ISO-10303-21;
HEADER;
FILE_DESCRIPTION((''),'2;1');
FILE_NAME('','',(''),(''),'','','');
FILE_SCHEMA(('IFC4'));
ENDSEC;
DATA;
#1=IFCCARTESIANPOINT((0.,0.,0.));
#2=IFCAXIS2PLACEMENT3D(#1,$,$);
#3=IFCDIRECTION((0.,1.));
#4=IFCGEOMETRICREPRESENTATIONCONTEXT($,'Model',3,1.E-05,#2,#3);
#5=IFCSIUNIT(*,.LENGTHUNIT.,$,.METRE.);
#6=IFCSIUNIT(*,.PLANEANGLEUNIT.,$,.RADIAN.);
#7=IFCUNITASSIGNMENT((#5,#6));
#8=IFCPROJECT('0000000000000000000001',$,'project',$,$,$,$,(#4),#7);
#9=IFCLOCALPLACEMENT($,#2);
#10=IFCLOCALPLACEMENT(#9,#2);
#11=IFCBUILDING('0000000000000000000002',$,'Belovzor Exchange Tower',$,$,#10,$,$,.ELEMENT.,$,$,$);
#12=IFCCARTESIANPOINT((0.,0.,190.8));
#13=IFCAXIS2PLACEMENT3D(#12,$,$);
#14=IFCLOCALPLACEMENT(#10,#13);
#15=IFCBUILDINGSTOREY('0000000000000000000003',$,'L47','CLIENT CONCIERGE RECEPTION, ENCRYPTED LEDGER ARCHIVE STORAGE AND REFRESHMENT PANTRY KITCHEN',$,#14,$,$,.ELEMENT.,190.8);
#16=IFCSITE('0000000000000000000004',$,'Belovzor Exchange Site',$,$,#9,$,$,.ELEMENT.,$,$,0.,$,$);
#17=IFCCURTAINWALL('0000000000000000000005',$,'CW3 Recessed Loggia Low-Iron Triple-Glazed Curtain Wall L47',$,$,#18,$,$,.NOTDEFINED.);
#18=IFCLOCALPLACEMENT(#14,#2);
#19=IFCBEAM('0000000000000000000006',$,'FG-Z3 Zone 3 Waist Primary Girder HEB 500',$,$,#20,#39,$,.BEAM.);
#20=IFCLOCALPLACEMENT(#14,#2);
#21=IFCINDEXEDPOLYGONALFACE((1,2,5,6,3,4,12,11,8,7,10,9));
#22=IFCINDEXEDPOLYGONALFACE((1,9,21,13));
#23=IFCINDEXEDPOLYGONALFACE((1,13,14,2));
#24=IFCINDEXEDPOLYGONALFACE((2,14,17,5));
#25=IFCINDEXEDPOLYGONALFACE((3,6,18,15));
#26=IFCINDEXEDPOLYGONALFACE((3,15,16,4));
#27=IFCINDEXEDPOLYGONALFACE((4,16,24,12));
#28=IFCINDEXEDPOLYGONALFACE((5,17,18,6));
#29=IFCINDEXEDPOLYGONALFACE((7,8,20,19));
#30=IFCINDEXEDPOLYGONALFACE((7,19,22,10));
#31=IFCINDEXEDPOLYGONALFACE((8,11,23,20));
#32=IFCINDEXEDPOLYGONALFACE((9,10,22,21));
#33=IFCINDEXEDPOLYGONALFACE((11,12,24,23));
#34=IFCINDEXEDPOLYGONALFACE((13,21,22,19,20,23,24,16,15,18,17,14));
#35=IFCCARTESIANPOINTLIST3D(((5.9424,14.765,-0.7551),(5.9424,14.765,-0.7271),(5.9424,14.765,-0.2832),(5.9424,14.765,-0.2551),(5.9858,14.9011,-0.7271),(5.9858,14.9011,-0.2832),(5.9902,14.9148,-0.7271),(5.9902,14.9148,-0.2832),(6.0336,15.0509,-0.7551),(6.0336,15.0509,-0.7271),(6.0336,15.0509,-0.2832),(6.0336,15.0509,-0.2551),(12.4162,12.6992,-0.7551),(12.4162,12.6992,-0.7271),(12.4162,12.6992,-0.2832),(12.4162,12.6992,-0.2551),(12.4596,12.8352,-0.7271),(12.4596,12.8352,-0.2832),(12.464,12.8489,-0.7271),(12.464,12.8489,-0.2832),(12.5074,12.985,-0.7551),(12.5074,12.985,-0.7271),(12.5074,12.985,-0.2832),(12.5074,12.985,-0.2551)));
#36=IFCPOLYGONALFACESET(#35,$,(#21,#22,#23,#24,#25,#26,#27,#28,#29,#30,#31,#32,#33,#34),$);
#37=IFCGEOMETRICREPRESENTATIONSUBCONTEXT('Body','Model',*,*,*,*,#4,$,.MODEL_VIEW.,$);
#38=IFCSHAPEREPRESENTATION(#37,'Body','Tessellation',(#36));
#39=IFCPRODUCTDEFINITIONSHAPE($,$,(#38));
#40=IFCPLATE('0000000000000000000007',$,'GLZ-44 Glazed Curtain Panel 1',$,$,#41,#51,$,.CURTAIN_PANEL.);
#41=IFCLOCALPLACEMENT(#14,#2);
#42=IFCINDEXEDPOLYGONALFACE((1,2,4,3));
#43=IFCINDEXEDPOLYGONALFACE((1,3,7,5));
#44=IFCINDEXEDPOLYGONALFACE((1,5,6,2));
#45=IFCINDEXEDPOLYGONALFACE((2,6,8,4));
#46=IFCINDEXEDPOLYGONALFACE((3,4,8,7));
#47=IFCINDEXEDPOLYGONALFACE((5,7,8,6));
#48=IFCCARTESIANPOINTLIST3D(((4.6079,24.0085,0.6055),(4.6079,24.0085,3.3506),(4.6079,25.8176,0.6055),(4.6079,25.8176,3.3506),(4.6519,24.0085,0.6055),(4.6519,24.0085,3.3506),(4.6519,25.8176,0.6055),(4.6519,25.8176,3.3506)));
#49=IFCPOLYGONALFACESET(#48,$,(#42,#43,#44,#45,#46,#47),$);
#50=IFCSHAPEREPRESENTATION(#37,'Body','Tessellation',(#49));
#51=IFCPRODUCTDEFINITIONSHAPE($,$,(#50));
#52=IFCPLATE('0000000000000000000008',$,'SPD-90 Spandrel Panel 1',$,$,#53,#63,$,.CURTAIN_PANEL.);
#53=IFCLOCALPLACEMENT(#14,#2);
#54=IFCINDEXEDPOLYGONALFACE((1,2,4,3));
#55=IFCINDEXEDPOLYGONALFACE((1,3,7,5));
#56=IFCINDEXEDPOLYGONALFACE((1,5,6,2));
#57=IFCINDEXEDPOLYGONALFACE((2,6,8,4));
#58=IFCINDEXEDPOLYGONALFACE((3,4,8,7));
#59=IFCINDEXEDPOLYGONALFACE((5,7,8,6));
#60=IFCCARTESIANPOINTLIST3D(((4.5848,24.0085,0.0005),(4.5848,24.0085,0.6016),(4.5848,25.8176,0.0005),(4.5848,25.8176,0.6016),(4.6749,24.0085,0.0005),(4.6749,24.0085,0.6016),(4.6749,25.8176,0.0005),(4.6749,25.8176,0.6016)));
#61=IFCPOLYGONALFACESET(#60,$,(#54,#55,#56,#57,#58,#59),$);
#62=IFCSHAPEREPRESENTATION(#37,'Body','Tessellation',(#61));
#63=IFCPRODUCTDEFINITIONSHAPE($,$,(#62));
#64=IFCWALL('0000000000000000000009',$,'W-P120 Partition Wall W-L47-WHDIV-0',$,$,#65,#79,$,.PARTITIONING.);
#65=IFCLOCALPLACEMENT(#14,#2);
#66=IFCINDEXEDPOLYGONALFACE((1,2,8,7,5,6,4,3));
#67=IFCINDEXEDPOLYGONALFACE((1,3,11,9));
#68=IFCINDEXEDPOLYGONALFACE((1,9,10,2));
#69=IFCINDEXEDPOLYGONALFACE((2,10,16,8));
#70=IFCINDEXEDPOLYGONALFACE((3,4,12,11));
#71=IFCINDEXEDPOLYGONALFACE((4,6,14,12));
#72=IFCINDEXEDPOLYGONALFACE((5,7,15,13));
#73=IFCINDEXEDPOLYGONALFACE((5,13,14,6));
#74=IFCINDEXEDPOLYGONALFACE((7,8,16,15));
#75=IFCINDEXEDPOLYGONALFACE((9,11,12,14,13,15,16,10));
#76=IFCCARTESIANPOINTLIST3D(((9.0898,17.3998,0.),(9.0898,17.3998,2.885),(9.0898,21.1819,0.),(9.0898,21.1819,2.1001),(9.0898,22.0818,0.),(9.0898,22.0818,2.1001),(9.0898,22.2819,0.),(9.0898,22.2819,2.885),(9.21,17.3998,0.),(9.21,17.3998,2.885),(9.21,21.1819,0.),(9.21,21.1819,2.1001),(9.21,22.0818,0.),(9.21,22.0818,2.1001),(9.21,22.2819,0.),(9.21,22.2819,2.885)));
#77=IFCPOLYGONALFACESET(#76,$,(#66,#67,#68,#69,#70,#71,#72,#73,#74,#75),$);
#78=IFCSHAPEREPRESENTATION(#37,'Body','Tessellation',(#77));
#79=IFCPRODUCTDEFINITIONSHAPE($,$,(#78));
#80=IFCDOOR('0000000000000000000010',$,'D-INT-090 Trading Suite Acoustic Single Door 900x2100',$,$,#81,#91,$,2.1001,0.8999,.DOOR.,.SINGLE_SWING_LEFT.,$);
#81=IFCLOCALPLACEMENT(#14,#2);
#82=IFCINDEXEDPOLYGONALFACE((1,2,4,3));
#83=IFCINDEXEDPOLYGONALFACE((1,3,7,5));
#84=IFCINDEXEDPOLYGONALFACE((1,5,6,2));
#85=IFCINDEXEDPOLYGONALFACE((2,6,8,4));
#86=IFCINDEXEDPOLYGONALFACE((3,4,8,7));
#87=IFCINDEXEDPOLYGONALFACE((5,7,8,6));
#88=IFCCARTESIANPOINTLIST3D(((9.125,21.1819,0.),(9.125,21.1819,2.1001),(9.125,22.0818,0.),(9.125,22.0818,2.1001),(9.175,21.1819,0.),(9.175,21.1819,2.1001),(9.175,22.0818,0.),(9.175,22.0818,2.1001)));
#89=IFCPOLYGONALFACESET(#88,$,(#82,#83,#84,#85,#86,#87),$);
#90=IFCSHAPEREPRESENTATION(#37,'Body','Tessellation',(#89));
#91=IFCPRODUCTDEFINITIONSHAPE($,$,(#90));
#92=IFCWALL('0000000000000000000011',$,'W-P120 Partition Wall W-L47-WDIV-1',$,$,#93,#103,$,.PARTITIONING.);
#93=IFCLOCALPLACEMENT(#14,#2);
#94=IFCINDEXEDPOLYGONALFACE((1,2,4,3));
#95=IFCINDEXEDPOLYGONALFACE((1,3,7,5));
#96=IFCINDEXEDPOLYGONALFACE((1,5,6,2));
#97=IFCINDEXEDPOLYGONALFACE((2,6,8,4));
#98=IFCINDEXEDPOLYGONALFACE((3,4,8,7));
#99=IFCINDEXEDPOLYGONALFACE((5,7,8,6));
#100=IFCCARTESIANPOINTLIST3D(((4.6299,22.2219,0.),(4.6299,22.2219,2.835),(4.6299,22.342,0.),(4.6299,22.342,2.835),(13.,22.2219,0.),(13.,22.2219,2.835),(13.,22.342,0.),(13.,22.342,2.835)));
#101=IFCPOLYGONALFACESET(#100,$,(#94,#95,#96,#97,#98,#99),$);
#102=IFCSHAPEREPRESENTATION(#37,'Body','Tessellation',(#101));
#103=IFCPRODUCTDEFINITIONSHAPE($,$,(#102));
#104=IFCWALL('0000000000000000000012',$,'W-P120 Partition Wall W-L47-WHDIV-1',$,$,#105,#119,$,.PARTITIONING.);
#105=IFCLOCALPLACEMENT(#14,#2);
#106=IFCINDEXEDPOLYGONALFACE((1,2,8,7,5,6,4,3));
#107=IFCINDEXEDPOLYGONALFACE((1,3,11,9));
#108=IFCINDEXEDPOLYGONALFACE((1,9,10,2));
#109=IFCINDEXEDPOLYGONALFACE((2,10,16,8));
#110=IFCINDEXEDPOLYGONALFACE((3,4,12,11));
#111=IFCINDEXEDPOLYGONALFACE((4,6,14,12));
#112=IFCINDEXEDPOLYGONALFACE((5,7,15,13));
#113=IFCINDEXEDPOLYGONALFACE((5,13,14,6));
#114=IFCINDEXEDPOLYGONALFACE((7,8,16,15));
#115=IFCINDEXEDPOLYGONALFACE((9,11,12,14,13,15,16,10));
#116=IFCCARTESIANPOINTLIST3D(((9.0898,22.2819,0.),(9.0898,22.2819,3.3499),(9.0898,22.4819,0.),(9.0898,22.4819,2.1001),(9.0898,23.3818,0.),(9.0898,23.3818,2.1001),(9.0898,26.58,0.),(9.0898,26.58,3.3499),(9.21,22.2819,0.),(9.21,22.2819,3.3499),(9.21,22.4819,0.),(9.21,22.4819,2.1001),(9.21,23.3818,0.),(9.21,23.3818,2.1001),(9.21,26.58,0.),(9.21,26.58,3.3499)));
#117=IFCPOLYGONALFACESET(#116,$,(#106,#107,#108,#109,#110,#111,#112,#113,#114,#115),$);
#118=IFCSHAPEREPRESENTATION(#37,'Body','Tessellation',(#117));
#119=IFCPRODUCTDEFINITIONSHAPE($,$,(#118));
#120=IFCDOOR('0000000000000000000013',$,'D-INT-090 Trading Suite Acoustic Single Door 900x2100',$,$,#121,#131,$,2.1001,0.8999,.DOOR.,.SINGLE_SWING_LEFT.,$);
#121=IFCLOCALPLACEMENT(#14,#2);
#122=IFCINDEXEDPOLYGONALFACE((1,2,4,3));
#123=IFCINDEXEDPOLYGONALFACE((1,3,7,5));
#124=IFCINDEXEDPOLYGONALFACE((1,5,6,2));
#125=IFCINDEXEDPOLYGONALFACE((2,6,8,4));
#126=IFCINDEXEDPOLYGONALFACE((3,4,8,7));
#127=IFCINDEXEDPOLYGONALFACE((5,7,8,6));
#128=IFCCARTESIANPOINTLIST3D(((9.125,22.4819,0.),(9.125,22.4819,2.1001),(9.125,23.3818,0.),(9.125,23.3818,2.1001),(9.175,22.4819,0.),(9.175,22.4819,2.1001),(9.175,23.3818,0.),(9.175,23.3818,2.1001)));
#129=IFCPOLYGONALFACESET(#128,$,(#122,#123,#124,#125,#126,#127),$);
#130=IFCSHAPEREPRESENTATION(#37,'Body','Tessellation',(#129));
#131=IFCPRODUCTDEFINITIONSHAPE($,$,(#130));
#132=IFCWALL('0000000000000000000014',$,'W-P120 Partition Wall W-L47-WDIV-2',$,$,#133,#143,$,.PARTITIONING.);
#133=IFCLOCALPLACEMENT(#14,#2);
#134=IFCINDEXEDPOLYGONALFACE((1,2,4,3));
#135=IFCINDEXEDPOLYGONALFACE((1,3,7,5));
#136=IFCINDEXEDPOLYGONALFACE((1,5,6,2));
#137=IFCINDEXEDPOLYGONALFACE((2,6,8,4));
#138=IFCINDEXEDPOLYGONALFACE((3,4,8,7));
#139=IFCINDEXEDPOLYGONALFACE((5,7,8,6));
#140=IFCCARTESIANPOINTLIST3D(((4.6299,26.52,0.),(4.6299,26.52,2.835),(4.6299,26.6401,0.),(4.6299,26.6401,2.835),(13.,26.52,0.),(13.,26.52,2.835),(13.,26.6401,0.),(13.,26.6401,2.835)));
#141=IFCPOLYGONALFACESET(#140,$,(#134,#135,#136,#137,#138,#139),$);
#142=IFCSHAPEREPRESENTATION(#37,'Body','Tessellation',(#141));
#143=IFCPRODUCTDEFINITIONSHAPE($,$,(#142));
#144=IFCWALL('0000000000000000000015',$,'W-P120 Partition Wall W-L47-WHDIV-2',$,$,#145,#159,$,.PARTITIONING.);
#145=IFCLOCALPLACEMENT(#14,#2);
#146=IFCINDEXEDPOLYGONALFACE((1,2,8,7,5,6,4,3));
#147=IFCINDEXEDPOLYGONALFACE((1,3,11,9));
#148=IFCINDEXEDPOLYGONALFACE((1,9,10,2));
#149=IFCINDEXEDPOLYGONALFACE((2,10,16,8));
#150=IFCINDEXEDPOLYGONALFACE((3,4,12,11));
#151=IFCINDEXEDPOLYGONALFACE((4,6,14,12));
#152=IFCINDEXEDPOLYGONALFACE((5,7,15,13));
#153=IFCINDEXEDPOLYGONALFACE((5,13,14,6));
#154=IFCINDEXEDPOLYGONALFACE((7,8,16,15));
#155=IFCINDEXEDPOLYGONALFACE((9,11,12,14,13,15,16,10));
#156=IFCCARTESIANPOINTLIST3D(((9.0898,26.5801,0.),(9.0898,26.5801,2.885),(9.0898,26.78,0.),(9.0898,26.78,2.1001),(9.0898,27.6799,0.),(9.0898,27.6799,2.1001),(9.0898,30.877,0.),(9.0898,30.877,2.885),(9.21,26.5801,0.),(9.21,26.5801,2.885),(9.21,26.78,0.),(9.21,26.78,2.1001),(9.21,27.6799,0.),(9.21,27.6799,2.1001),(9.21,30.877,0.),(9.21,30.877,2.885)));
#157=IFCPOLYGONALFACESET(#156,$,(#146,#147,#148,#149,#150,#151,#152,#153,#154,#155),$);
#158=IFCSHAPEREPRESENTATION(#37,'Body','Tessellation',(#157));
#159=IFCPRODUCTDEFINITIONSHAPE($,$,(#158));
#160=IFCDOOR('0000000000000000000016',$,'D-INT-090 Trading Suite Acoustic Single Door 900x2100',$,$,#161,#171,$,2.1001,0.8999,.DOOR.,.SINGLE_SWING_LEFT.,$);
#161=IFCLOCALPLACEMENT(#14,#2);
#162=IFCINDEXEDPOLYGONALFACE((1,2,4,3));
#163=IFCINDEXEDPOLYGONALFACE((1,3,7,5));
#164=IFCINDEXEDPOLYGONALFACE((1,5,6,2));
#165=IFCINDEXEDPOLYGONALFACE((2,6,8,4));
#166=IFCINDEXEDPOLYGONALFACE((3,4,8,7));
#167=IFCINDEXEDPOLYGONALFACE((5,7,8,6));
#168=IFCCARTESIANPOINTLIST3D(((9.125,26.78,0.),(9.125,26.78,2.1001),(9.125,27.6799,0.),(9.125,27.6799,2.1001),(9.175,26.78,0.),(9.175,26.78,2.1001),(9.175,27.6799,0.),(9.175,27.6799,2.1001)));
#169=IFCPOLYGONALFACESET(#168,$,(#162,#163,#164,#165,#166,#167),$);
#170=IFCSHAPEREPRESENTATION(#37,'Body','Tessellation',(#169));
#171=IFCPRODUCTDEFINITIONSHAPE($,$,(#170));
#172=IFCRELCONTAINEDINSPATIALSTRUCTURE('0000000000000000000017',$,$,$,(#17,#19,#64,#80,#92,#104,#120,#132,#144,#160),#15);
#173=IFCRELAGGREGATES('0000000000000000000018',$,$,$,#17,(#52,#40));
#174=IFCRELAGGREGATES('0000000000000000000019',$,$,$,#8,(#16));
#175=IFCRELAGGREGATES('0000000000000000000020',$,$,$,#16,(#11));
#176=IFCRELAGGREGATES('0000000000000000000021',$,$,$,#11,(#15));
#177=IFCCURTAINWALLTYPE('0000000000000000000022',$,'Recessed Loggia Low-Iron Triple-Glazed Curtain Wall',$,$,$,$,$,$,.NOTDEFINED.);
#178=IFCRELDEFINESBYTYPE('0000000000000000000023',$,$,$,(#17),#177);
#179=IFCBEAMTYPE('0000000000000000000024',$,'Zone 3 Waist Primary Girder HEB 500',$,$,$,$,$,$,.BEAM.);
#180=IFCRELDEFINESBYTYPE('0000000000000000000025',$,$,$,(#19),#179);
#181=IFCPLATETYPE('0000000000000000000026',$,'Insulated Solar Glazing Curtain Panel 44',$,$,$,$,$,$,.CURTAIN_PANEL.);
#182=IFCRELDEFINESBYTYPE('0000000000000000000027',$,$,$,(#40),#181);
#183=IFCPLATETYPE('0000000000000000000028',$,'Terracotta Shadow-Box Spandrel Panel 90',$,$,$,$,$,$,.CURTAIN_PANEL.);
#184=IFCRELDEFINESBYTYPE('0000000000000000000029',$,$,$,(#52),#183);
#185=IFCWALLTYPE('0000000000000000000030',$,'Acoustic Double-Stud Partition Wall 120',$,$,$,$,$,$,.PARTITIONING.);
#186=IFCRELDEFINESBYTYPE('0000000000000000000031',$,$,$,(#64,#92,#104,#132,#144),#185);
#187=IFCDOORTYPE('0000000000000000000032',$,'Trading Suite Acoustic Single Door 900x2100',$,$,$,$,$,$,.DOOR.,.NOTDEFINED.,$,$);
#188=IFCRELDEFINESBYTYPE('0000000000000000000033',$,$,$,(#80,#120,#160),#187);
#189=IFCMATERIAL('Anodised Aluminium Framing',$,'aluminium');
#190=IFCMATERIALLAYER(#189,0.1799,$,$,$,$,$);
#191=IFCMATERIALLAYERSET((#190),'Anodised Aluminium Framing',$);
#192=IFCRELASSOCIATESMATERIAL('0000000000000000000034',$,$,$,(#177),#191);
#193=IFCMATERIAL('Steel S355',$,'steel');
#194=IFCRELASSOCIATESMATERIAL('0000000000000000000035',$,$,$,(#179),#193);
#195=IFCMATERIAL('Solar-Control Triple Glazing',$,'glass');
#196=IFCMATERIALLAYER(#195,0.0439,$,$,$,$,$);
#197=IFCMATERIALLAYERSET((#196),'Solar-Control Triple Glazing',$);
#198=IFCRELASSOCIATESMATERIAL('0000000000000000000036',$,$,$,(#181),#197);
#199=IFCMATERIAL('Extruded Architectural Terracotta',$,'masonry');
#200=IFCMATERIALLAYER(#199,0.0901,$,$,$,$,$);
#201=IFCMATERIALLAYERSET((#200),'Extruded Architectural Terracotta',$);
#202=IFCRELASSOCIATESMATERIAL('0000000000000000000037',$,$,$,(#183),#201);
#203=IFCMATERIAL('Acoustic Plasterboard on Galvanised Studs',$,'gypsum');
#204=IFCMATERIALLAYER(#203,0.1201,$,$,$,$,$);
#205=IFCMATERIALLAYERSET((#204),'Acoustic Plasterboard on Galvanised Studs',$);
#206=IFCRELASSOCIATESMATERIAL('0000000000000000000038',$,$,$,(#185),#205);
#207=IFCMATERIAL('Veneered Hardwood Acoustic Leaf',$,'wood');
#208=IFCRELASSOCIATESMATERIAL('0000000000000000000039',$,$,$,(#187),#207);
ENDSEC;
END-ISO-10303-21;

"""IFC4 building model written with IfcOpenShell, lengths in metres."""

from ifc_helpers import new_model, si_unit, direction, frame, frame_2d, origin, origin_2d, place, context, subcontext, project, spatial, rectangle, i_section, extrude, material, layer, layer_set, material_profile, profile_set, type_object, element, fill, aggregate, save


model = new_model("IFC4")

# Units and contexts
model_context = context("Model", 3, precision=1e-05, world=origin(), true_north=direction((0.0, 1.0)))
body_context = subcontext(model_context, "Body", "Model", "MODEL_VIEW")
ifc_project = project(units=[si_unit("LENGTHUNIT", "METRE"), si_unit("PLANEANGLEUNIT", "RADIAN")], contexts=[model_context])

# Site, building, storey
site_placement = place(None, origin())
site = spatial("IfcSite", under=ifc_project, at=site_placement, Name="Belovzor Exchange Site", CompositionType="ELEMENT", RefElevation=0.0)
building_placement = place(site_placement, origin())
building = spatial("IfcBuilding", under=site, at=building_placement, Name="Belovzor Exchange Tower", CompositionType="ELEMENT")
storey_placement = place(building_placement, frame((0.0, 0.0, 190.8)))
storey = spatial("IfcBuildingStorey", under=building, at=storey_placement, Name="L47", Description="CLIENT CONCIERGE RECEPTION, ENCRYPTED LEDGER ARCHIVE STORAGE AND REFRESHMENT PANTRY KITCHEN", CompositionType="ELEMENT", Elevation=190.8)

# Curtain wall
ifc_material_1 = material(Name="Anodised Aluminium Framing", Category="aluminium")
ifc_layer_1 = layer(ifc_material_1, 0.1799)
ifc_layer_set_1 = layer_set([ifc_layer_1], Name="Anodised Aluminium Framing")
curtain_wall_type = type_object("IfcCurtainWallType", Name="Recessed Loggia Low-Iron Triple-Glazed Curtain Wall", PredefinedType="NOTDEFINED", material=ifc_layer_set_1)
curtain_wall_placement = place(storey_placement, origin())
curtain_wall = element("IfcCurtainWall", 1, at=curtain_wall_placement, inside=storey, type_object=curtain_wall_type, Name="CW3 Recessed Loggia Low-Iron Triple-Glazed Curtain Wall L47", PredefinedType="NOTDEFINED")

# Beam
ifc_material_2 = material(Name="Steel S355", Category="steel")
ifc_material_profile_1 = material_profile(ifc_material_2, i_section(OverallWidth=0.3, OverallDepth=0.5, WebThickness=0.0144, FlangeThickness=0.0281, at=origin_2d()))
ifc_profile_set_1 = profile_set([ifc_material_profile_1], Name="Steel S355")
beam_type_1 = type_object("IfcBeamType", Name="Zone 3 Waist Primary Girder HEB 500", PredefinedType="BEAM", material=ifc_profile_set_1)
beam_1_placement = place(storey_placement, frame((5.988, 14.908, -0.5051), z_axis=(0.952668, -0.304012, 0.0), x_axis=(0.304012, 0.952668, 0.0)))
element("IfcBeam", 2, at=beam_1_placement, inside=storey, type_object=beam_type_1, Name="FG-Z3 Zone 3 Waist Primary Girder HEB 500", PredefinedType="BEAM", context=body_context, shape_type="SweptSolid", body=[
    extrude(i_section(OverallWidth=0.3, OverallDepth=0.5, WebThickness=0.0144, FlangeThickness=0.0281, at=origin_2d()), origin(), (0.0, 0.0, 1.0), 6.7954),
])

# Plates
ifc_material_3 = material(Name="Solar-Control Triple Glazing", Category="glass")
ifc_layer_2 = layer(ifc_material_3, 0.0439)
ifc_layer_set_2 = layer_set([ifc_layer_2], Name="Solar-Control Triple Glazing")
plate_type_1 = type_object("IfcPlateType", Name="Insulated Solar Glazing Curtain Panel 44", PredefinedType="CURTAIN_PANEL", material=ifc_layer_set_2)
plate_1_placement = place(storey_placement, frame((4.6299, 24.9131, 0.6055), z_axis=(0.0, 0.0, 1.0), x_axis=(0.0, 1.0, 0.0)))
plate_1 = element("IfcPlate", 3, at=plate_1_placement, type_object=plate_type_1, Name="GLZ-44 Glazed Curtain Panel 1", PredefinedType="CURTAIN_PANEL", context=body_context, shape_type="SweptSolid", body=[
    extrude(rectangle(XDim=1.8091, YDim=0.0439, at=origin_2d()), origin(), (0.0, 0.0, 1.0), 2.7451),
])
ifc_material_4 = material(Name="Extruded Architectural Terracotta", Category="masonry")
ifc_layer_3 = layer(ifc_material_4, 0.0901)
ifc_layer_set_3 = layer_set([ifc_layer_3], Name="Extruded Architectural Terracotta")
plate_type_2 = type_object("IfcPlateType", Name="Terracotta Shadow-Box Spandrel Panel 90", PredefinedType="CURTAIN_PANEL", material=ifc_layer_set_3)
plate_2_placement = place(storey_placement, frame((4.6299, 24.9131, 0.0005), z_axis=(0.0, 0.0, 1.0), x_axis=(0.0, 1.0, 0.0)))
plate_2 = element("IfcPlate", 4, at=plate_2_placement, type_object=plate_type_2, Name="SPD-90 Spandrel Panel 1", PredefinedType="CURTAIN_PANEL", context=body_context, shape_type="SweptSolid", body=[
    extrude(rectangle(XDim=1.8091, YDim=0.0901, at=origin_2d()), origin(), (0.0, 0.0, 1.0), 0.6011),
])
aggregate(curtain_wall, [plate_2, plate_1])

# Wall, opening, door
ifc_material_5 = material(Name="Acoustic Plasterboard on Galvanised Studs", Category="gypsum")
ifc_layer_4 = layer(ifc_material_5, 0.1201)
ifc_layer_set_4 = layer_set([ifc_layer_4], Name="Acoustic Plasterboard on Galvanised Studs")
wall_type_1 = type_object("IfcWallType", Name="Acoustic Double-Stud Partition Wall 120", PredefinedType="PARTITIONING", material=ifc_layer_set_4)
wall_1_placement = place(storey_placement, frame((9.1499, 17.3999, 0.0), z_axis=(0.0, 0.0, 1.0), x_axis=(0.0, 1.0, 0.0)))
wall_1 = element("IfcWall", 5, at=wall_1_placement, inside=storey, type_object=wall_type_1, Name="W-P120 Partition Wall W-L47-WHDIV-0", PredefinedType="PARTITIONING", context=body_context, shape_type="SweptSolid", body=[
    extrude(rectangle(XDim=4.8821, YDim=0.1201, at=frame_2d((2.4409, 0.0))), origin(), (0.0, 0.0, 1.0), 2.885),
])
opening_1_placement = place(wall_1_placement, frame((3.782, 0.0, 0.0)))
opening_1 = element("IfcOpeningElement", 6, at=opening_1_placement, cuts=wall_1, PredefinedType="OPENING", context=body_context, shape_type="SweptSolid", body=[
    extrude(rectangle(XDim=0.8999, YDim=2.1001, at=frame_2d((0.45, 1.05))), frame((0.0, 0.0701, 0.0), z_axis=(0.0, -1.0, 0.0), x_axis=(1.0, 0.0, 0.0)), (0.0, 0.0, 1.0), 0.1401),
])
ifc_material_6 = material(Name="Veneered Hardwood Acoustic Leaf", Category="wood")
door_type = type_object("IfcDoorType", Name="Trading Suite Acoustic Single Door 900x2100", OperationType="NOTDEFINED", PredefinedType="DOOR", material=ifc_material_6)
door_1_placement = place(opening_1_placement, origin())
door_1 = element("IfcDoor", 7, at=door_1_placement, inside=storey, type_object=door_type, Name="D-INT-090 Trading Suite Acoustic Single Door 900x2100", OperationType="SINGLE_SWING_LEFT", OverallHeight=2.1001, OverallWidth=0.8999, PredefinedType="DOOR", context=body_context, shape_type="SweptSolid", body=[
    extrude(rectangle(XDim=0.8999, YDim=2.1001, at=frame_2d((0.45, 1.05))), frame((0.0, 0.0249, 0.0), z_axis=(0.0, -1.0, 0.0), x_axis=(1.0, 0.0, 0.0)), (0.0, 0.0, 1.0), 0.05),
])
fill(opening_1, door_1)

# Wall
wall_2_placement = place(storey_placement, frame((4.6299, 22.282, 0.0), z_axis=(0.0, 0.0, 1.0), x_axis=(1.0, 0.0, 0.0)))
element("IfcWall", 8, at=wall_2_placement, inside=storey, type_object=wall_type_1, Name="W-P120 Partition Wall W-L47-WDIV-1", PredefinedType="PARTITIONING", context=body_context, shape_type="SweptSolid", body=[
    extrude(rectangle(XDim=8.3701, YDim=0.1201, at=frame_2d((4.1851, 0.0))), origin(), (0.0, 0.0, 1.0), 2.835),
])

# Wall, opening, door
wall_3_placement = place(storey_placement, frame((9.1499, 22.282, 0.0), z_axis=(0.0, 0.0, 1.0), x_axis=(0.0, 1.0, 0.0)))
wall_3 = element("IfcWall", 9, at=wall_3_placement, inside=storey, type_object=wall_type_1, Name="W-P120 Partition Wall W-L47-WHDIV-1", PredefinedType="PARTITIONING", context=body_context, shape_type="SweptSolid", body=[
    extrude(rectangle(XDim=4.2981, YDim=0.1201, at=frame_2d((2.1489, 0.0))), origin(), (0.0, 0.0, 1.0), 3.3499),
])
opening_2_placement = place(wall_3_placement, frame((0.2, 0.0, 0.0)))
opening_2 = element("IfcOpeningElement", 10, at=opening_2_placement, cuts=wall_3, PredefinedType="OPENING", context=body_context, shape_type="SweptSolid", body=[
    extrude(rectangle(XDim=0.8999, YDim=2.1001, at=frame_2d((0.45, 1.05))), frame((0.0, 0.0701, 0.0), z_axis=(0.0, -1.0, 0.0), x_axis=(1.0, 0.0, 0.0)), (0.0, 0.0, 1.0), 0.1401),
])
door_2_placement = place(opening_2_placement, origin())
door_2 = element("IfcDoor", 11, at=door_2_placement, inside=storey, type_object=door_type, Name="D-INT-090 Trading Suite Acoustic Single Door 900x2100", OperationType="SINGLE_SWING_LEFT", OverallHeight=2.1001, OverallWidth=0.8999, PredefinedType="DOOR", context=body_context, shape_type="SweptSolid", body=[
    extrude(rectangle(XDim=0.8999, YDim=2.1001, at=frame_2d((0.45, 1.05))), frame((0.0, 0.0249, 0.0), z_axis=(0.0, -1.0, 0.0), x_axis=(1.0, 0.0, 0.0)), (0.0, 0.0, 1.0), 0.05),
])
fill(opening_2, door_2)

# Wall
wall_4_placement = place(storey_placement, frame((4.6299, 26.5801, 0.0), z_axis=(0.0, 0.0, 1.0), x_axis=(1.0, 0.0, 0.0)))
element("IfcWall", 12, at=wall_4_placement, inside=storey, type_object=wall_type_1, Name="W-P120 Partition Wall W-L47-WDIV-2", PredefinedType="PARTITIONING", context=body_context, shape_type="SweptSolid", body=[
    extrude(rectangle(XDim=8.3701, YDim=0.1201, at=frame_2d((4.1851, 0.0))), origin(), (0.0, 0.0, 1.0), 2.835),
])

# Wall, opening, door
wall_5_placement = place(storey_placement, frame((9.1499, 26.5801, 0.0), z_axis=(0.0, 0.0, 1.0), x_axis=(0.0, 1.0, 0.0)))
wall_5 = element("IfcWall", 13, at=wall_5_placement, inside=storey, type_object=wall_type_1, Name="W-P120 Partition Wall W-L47-WHDIV-2", PredefinedType="PARTITIONING", context=body_context, shape_type="SweptSolid", body=[
    extrude(rectangle(XDim=4.2969, YDim=0.1201, at=frame_2d((2.1484, 0.0))), origin(), (0.0, 0.0, 1.0), 2.885),
])
opening_3_placement = place(wall_5_placement, frame((0.2, 0.0, 0.0)))
opening_3 = element("IfcOpeningElement", 14, at=opening_3_placement, cuts=wall_5, PredefinedType="OPENING", context=body_context, shape_type="SweptSolid", body=[
    extrude(rectangle(XDim=0.8999, YDim=2.1001, at=frame_2d((0.45, 1.05))), frame((0.0, 0.0701, 0.0), z_axis=(0.0, -1.0, 0.0), x_axis=(1.0, 0.0, 0.0)), (0.0, 0.0, 1.0), 0.1401),
])
door_3_placement = place(opening_3_placement, origin())
door_3 = element("IfcDoor", 15, at=door_3_placement, inside=storey, type_object=door_type, Name="D-INT-090 Trading Suite Acoustic Single Door 900x2100", OperationType="SINGLE_SWING_LEFT", OverallHeight=2.1001, OverallWidth=0.8999, PredefinedType="DOOR", context=body_context, shape_type="SweptSolid", body=[
    extrude(rectangle(XDim=0.8999, YDim=2.1001, at=frame_2d((0.45, 1.05))), frame((0.0, 0.0249, 0.0), z_axis=(0.0, -1.0, 0.0), x_axis=(1.0, 0.0, 0.0)), (0.0, 0.0, 1.0), 0.05),
])
fill(opening_3, door_3)

save(model, "model.ifc")
